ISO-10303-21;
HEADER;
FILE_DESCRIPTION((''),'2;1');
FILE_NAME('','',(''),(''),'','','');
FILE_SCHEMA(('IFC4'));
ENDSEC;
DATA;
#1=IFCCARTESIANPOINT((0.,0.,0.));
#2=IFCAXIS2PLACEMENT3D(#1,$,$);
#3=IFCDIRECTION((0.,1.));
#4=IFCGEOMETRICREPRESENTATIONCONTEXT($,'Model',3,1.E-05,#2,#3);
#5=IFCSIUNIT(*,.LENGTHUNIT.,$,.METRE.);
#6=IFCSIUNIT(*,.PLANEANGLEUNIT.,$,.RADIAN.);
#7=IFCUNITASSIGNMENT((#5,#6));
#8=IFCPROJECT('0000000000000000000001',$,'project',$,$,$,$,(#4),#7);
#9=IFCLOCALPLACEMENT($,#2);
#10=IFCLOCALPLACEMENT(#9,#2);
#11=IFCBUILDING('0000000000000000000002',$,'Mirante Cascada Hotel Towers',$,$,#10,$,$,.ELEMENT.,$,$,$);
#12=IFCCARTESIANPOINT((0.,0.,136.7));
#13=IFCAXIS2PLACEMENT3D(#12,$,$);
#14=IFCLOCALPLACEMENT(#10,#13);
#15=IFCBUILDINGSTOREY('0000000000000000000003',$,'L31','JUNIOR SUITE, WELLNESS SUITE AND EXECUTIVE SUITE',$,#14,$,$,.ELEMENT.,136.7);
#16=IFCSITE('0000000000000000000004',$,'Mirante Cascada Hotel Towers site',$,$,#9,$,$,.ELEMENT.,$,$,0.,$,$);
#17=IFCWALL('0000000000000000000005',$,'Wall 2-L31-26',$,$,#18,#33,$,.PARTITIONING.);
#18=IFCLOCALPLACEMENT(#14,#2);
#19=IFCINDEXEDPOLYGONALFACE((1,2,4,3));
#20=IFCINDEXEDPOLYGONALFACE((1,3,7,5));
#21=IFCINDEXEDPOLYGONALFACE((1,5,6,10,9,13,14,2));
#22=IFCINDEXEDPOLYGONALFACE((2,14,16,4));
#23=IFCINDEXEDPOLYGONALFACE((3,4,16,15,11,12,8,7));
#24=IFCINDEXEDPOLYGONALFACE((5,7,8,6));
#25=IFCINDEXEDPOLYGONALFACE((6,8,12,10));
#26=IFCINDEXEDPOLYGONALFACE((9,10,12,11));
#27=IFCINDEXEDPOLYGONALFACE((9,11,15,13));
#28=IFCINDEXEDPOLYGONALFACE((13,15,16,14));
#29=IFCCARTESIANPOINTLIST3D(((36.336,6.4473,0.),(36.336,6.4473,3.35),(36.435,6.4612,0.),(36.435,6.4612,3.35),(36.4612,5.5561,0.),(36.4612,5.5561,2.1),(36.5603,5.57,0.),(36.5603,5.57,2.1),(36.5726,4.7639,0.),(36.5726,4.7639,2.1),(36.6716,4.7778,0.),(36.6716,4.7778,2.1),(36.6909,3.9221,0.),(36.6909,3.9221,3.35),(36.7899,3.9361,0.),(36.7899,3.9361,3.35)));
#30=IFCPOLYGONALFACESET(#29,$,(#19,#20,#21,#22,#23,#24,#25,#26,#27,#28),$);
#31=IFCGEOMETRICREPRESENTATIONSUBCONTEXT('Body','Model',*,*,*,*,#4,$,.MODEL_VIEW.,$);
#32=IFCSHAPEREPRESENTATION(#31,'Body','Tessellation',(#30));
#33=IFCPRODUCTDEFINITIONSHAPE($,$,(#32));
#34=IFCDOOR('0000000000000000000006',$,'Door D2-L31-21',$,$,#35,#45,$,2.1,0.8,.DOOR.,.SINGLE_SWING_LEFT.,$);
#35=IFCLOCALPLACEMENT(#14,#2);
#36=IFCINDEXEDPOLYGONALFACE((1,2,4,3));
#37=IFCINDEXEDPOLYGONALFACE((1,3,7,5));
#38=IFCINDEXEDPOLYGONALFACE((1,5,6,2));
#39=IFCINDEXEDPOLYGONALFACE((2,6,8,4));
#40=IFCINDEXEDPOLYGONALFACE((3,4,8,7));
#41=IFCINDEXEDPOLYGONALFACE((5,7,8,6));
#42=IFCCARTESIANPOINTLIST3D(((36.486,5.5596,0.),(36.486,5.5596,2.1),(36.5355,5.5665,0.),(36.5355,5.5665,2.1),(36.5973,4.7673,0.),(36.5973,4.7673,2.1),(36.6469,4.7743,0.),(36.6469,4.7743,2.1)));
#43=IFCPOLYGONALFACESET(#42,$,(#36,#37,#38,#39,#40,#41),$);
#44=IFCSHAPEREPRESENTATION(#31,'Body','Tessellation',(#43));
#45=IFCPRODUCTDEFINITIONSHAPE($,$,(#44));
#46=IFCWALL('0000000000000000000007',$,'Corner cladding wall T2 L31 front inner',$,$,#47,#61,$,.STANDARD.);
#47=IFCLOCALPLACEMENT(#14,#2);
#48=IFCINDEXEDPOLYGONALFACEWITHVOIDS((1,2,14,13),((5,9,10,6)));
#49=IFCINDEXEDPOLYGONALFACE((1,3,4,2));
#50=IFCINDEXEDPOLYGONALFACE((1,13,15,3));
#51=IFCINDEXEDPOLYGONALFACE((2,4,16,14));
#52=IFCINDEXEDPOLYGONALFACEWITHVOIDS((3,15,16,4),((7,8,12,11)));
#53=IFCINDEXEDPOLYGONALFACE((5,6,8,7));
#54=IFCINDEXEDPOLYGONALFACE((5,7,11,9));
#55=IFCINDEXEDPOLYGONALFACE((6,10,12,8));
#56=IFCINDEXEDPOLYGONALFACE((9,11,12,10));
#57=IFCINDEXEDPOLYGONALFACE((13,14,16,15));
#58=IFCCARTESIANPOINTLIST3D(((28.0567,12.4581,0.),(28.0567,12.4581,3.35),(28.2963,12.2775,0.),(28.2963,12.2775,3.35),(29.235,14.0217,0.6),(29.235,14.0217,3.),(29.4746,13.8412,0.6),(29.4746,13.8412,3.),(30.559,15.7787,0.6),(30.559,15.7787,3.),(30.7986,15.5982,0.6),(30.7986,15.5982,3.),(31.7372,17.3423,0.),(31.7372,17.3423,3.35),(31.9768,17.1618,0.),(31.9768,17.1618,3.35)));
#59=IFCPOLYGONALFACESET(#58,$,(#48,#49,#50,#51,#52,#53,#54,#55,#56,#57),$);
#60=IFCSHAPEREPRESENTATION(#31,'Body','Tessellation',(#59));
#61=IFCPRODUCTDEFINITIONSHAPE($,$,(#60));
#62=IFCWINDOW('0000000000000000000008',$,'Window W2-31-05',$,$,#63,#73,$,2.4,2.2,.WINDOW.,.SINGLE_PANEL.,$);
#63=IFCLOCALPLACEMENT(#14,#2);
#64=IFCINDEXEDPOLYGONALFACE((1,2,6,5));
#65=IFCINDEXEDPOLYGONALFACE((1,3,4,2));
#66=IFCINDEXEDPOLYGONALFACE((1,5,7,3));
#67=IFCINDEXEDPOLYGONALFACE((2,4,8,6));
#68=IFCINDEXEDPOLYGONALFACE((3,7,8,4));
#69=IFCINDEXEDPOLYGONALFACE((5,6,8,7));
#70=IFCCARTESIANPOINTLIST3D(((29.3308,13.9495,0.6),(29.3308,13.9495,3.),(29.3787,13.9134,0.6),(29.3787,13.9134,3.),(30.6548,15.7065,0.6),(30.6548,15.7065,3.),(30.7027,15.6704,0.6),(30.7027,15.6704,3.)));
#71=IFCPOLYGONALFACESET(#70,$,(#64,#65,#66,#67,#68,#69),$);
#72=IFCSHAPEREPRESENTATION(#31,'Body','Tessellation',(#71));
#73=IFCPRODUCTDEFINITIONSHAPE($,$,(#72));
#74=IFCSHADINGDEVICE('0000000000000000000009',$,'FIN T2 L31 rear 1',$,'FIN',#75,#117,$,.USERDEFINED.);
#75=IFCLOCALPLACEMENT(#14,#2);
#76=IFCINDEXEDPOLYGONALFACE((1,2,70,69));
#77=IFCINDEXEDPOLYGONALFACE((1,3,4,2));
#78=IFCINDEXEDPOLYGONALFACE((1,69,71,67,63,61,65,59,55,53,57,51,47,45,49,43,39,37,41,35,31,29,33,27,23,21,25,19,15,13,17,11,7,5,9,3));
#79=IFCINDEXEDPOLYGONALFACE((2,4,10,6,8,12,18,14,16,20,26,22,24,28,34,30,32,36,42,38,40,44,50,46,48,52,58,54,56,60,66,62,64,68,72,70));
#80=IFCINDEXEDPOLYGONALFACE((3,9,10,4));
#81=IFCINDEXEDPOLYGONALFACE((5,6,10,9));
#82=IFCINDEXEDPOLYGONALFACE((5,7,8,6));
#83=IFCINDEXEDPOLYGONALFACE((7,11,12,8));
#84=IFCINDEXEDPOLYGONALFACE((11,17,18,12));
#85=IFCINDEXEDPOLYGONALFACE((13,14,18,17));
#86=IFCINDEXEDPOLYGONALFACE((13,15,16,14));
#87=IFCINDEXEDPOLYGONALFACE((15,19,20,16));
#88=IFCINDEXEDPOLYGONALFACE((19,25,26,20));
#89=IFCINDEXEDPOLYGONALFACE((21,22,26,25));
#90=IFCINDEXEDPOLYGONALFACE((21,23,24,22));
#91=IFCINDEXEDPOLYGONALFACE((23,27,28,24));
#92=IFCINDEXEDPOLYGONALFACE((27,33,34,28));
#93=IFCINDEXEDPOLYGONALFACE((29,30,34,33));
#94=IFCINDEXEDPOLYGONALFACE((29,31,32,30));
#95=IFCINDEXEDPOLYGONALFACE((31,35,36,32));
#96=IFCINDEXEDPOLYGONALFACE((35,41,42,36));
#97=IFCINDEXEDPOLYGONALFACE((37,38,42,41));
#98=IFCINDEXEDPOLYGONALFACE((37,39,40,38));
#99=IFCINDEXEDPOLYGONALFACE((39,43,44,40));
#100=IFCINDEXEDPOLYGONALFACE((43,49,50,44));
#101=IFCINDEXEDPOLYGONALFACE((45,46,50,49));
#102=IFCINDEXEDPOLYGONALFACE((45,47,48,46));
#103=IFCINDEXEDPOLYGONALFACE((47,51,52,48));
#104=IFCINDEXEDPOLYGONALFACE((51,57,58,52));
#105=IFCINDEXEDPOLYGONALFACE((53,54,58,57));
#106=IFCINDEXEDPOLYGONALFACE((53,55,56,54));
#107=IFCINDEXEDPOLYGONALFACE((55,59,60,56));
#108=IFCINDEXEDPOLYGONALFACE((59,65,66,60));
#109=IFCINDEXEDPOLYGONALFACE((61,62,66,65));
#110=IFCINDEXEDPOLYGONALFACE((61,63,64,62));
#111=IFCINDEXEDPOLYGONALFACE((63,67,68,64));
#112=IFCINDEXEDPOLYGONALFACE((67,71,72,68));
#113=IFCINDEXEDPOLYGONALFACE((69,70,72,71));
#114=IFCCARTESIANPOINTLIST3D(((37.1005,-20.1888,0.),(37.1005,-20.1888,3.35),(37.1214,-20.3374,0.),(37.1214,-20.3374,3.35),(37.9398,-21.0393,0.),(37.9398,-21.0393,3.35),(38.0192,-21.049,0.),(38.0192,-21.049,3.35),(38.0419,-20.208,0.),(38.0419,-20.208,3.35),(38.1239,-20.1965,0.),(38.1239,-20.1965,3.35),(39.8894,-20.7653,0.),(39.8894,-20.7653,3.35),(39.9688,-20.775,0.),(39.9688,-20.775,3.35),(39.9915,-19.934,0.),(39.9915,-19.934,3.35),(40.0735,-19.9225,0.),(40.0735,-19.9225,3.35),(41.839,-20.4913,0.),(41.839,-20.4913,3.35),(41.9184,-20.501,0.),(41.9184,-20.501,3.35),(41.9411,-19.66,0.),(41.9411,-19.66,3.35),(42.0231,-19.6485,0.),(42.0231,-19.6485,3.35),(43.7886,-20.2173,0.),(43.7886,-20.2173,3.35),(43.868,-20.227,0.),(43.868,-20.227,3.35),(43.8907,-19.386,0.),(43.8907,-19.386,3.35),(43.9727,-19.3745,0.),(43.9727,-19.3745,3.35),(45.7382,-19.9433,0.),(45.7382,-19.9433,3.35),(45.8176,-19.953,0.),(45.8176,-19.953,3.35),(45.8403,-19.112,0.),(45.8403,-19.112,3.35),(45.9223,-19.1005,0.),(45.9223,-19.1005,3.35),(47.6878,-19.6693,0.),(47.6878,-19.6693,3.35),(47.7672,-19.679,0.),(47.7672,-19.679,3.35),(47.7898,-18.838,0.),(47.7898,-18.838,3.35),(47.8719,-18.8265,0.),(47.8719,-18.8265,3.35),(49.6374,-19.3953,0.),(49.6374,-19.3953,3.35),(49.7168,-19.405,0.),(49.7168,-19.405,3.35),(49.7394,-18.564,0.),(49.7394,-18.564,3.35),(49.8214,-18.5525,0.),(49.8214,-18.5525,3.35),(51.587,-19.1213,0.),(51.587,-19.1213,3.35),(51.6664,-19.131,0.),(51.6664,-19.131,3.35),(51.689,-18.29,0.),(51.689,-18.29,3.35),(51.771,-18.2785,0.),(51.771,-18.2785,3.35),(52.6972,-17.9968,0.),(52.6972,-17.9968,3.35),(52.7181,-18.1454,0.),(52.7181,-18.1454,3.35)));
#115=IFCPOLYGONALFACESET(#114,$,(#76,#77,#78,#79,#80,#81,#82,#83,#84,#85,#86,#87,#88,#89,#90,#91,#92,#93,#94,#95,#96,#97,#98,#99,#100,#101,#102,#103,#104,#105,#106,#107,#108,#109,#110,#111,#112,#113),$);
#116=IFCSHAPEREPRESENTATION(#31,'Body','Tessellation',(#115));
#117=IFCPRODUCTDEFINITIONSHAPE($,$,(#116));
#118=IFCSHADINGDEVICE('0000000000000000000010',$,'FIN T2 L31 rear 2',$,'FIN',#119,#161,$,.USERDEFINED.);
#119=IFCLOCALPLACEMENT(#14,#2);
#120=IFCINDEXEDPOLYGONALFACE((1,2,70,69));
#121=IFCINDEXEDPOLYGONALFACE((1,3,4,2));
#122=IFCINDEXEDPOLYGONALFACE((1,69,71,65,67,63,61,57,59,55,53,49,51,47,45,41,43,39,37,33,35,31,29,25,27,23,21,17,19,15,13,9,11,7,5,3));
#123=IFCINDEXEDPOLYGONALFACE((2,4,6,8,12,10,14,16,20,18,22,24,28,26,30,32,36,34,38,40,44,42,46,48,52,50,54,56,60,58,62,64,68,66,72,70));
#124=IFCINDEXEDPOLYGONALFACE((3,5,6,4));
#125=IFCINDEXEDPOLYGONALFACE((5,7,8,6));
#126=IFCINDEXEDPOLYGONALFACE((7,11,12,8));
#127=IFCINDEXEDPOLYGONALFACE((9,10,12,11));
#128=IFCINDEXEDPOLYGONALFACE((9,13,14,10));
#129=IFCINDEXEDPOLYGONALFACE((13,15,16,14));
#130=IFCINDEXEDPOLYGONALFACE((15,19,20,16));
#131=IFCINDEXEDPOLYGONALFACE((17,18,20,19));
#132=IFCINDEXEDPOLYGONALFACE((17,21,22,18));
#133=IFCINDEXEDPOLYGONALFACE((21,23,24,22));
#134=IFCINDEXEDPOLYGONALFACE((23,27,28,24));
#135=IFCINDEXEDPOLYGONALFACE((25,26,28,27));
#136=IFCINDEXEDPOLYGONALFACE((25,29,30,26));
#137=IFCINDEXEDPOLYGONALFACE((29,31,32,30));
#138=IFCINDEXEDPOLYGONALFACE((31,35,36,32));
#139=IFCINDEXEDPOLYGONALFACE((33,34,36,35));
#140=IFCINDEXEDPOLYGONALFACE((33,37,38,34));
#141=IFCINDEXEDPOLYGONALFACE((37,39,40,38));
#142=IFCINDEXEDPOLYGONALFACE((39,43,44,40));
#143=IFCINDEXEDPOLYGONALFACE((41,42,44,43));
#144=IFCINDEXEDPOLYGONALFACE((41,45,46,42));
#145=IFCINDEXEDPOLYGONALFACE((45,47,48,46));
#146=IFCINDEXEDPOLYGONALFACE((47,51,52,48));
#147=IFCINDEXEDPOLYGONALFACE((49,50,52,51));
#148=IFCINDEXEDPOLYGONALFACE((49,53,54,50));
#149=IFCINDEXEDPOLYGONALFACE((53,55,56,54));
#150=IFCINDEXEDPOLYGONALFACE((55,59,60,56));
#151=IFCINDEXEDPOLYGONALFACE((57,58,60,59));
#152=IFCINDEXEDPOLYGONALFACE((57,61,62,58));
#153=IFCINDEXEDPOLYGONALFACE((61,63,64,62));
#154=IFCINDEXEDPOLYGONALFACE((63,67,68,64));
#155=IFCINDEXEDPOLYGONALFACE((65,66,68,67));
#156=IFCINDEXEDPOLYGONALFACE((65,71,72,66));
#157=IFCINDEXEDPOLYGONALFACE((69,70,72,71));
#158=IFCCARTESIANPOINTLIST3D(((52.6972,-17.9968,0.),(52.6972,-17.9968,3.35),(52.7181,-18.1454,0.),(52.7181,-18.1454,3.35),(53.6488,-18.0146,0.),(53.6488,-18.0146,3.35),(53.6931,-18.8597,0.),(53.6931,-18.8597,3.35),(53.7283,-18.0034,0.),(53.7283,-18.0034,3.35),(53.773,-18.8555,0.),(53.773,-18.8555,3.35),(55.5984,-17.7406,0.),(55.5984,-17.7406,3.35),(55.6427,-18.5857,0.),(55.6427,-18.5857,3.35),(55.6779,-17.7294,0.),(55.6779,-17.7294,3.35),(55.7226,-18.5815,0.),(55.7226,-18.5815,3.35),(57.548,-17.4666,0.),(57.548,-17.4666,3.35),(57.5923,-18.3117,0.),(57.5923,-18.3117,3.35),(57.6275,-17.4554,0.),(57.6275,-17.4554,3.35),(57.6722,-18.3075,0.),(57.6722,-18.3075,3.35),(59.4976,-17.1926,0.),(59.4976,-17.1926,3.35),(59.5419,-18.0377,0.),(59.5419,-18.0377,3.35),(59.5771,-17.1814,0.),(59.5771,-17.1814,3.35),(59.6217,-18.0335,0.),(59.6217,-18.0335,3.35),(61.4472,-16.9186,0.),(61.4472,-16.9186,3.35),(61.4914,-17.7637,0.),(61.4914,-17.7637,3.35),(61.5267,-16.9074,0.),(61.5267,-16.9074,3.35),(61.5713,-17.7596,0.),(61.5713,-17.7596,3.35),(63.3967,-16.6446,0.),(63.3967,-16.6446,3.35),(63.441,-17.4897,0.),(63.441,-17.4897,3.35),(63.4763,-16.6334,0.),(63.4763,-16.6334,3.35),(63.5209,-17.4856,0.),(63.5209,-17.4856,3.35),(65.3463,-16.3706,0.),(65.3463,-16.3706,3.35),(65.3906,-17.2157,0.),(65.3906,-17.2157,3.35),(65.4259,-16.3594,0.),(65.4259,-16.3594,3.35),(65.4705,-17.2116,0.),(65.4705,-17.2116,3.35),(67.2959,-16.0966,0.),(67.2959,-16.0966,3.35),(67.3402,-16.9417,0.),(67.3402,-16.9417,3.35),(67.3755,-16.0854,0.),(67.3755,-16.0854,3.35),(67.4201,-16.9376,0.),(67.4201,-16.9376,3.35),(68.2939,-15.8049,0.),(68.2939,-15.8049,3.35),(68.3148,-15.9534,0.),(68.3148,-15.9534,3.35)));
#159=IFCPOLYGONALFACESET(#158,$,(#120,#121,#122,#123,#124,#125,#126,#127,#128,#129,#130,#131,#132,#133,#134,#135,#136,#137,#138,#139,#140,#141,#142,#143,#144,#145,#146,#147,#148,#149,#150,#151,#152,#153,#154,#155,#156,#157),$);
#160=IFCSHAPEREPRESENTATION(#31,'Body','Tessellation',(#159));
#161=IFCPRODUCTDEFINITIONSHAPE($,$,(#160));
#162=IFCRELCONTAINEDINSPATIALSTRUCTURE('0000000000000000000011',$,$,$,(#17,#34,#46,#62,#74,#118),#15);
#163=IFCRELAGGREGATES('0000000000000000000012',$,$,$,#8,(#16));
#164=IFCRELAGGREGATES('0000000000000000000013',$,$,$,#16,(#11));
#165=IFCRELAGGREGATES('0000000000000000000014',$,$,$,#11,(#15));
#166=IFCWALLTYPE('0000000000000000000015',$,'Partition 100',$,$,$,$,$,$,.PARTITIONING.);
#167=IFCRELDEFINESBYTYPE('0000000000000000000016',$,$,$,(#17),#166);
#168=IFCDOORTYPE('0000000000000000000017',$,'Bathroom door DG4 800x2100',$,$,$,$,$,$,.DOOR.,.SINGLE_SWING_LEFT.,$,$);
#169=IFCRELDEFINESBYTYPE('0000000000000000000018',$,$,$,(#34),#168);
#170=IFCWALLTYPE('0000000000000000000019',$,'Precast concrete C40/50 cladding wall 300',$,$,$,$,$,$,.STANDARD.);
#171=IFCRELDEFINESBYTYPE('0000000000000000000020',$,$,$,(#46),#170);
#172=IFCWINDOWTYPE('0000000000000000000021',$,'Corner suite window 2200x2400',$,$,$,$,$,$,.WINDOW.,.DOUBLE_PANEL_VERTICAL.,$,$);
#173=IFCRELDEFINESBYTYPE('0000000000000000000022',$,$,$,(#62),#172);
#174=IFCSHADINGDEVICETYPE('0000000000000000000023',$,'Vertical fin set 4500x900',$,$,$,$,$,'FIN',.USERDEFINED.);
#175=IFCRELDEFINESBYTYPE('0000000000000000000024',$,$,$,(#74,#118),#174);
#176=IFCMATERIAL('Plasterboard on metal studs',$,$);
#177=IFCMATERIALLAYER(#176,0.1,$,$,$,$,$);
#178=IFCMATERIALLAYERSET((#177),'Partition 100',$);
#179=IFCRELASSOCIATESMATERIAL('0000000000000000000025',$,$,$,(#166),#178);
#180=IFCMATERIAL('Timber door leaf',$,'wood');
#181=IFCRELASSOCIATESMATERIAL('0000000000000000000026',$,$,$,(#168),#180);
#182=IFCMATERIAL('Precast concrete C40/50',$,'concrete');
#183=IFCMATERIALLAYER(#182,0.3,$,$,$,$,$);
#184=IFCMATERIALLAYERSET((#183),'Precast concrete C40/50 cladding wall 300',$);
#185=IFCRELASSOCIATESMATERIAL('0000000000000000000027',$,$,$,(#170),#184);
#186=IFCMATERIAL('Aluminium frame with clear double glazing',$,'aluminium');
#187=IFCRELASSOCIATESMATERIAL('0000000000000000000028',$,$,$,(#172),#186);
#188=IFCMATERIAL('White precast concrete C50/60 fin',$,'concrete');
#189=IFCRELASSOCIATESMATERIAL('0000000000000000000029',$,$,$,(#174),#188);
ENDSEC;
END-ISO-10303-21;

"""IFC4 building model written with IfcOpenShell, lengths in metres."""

from ifc_helpers import new_model, si_unit, direction, frame, frame_2d, origin, place, context, subcontext, project, spatial, polyline, rectangle, outline, extrude, material, layer, layer_set, type_object, element, fill, save


model = new_model("IFC4")

# Units and contexts
model_context = context("Model", 3, precision=1e-05, world=origin(), true_north=direction((0.0, 1.0)))
body_context = subcontext(model_context, "Body", "Model", "MODEL_VIEW")
ifc_project = project(units=[si_unit("LENGTHUNIT", "METRE"), si_unit("PLANEANGLEUNIT", "RADIAN")], contexts=[model_context])

# Site, building, storey
site_placement = place(None, origin())
site = spatial("IfcSite", under=ifc_project, at=site_placement, Name="Mirante Cascada Hotel Towers site", CompositionType="ELEMENT", RefElevation=0.0)
building_placement = place(site_placement, origin())
building = spatial("IfcBuilding", under=site, at=building_placement, Name="Mirante Cascada Hotel Towers", CompositionType="ELEMENT")
storey_placement = place(building_placement, frame((0.0, 0.0, 136.7)))
storey = spatial("IfcBuildingStorey", under=building, at=storey_placement, Name="L31", Description="JUNIOR SUITE, WELLNESS SUITE AND EXECUTIVE SUITE", CompositionType="ELEMENT", Elevation=136.7)

# Shared definitions
ifc_material_1 = material(Name="Plasterboard on metal studs")
ifc_layer_1 = layer(ifc_material_1, 0.1)
ifc_layer_set_1 = layer_set([ifc_layer_1], Name="Partition 100")
wall_type_1 = type_object("IfcWallType", Name="Partition 100", PredefinedType="PARTITIONING", material=ifc_layer_set_1)

# Wall, opening, door
wall_1_placement = place(storey_placement, frame((36.7404, 3.9291, 0.0), z_axis=(0.0, 0.0, 1.0), x_axis=(-0.139176, 0.990268, 0.0)))
wall_1 = element("IfcWall", 1, at=wall_1_placement, inside=storey, type_object=wall_type_1, Name="Wall 2-L31-26", PredefinedType="PARTITIONING", context=body_context, shape_type="SweptSolid", body=[
    extrude(rectangle(XDim=2.55, YDim=0.1, at=frame_2d((1.275, 0.0))), origin(), (0.0, 0.0, 1.0), 3.35),
])
opening_1_placement = place(wall_1_placement, frame((0.85, 0.0, 0.0)))
opening_1 = element("IfcOpeningElement", 2, at=opening_1_placement, cuts=wall_1, PredefinedType="OPENING", context=body_context, shape_type="SweptSolid", body=[
    extrude(rectangle(XDim=0.8, YDim=2.1, at=frame_2d((0.4, 1.05))), frame((0.0, 0.05, 0.0), z_axis=(0.0, -1.0, 0.0), x_axis=(1.0, 0.0, 0.0)), (0.0, 0.0, 1.0), 0.1),
])
ifc_material_2 = material(Name="Timber door leaf", Category="wood")
door_type_1 = type_object("IfcDoorType", Name="Bathroom door DG4 800x2100", OperationType="SINGLE_SWING_LEFT", PredefinedType="DOOR", material=ifc_material_2)
door_1_placement = place(opening_1_placement, origin())
door_1 = element("IfcDoor", 3, at=door_1_placement, inside=storey, type_object=door_type_1, Name="Door D2-L31-21", OperationType="SINGLE_SWING_LEFT", OverallHeight=2.1, OverallWidth=0.8, PredefinedType="DOOR", context=body_context, shape_type="SweptSolid", body=[
    extrude(rectangle(XDim=0.8, YDim=2.1, at=frame_2d((0.4, 1.05))), frame((0.0, 0.025, 0.0), z_axis=(0.0, -1.0, 0.0), x_axis=(1.0, 0.0, 0.0)), (0.0, 0.0, 1.0), 0.05),
])
fill(opening_1, door_1)

# Wall, opening, window
ifc_material_3 = material(Name="Precast concrete C40/50", Category="concrete")
ifc_layer_2 = layer(ifc_material_3, 0.3)
ifc_layer_set_2 = layer_set([ifc_layer_2], Name="Precast concrete C40/50 cladding wall 300")
wall_type_2 = type_object("IfcWallType", Name="Precast concrete C40/50 cladding wall 300", PredefinedType="STANDARD", material=ifc_layer_set_2)
wall_2_placement = place(storey_placement, frame((31.857, 17.252, 0.0), z_axis=(0.0, 0.0, 1.0), x_axis=(-0.601814, -0.798636, 0.0)))
wall_2 = element("IfcWall", 4, at=wall_2_placement, inside=storey, type_object=wall_type_2, Name="Corner cladding wall T2 L31 front inner", PredefinedType="STANDARD", context=body_context, shape_type="SweptSolid", body=[
    extrude(rectangle(XDim=6.1157, YDim=0.3, at=frame_2d((3.0578, 0.0))), origin(), (0.0, 0.0, 1.0), 3.35),
])
opening_2_placement = place(wall_2_placement, frame((1.9578, 0.0, 0.6)))
opening_2 = element("IfcOpeningElement", 5, at=opening_2_placement, cuts=wall_2, PredefinedType="OPENING", context=body_context, shape_type="SweptSolid", body=[
    extrude(rectangle(XDim=2.2, YDim=2.4, at=frame_2d((1.1, 1.2))), frame((0.0, 0.15, 0.0), z_axis=(0.0, -1.0, 0.0), x_axis=(1.0, 0.0, 0.0)), (0.0, 0.0, 1.0), 0.3),
])
ifc_material_4 = material(Name="Aluminium frame with clear double glazing", Category="aluminium")
window_type = type_object("IfcWindowType", Name="Corner suite window 2200x2400", PartitioningType="DOUBLE_PANEL_VERTICAL", PredefinedType="WINDOW", material=ifc_material_4)
window_placement = place(opening_2_placement, origin())
window = element("IfcWindow", 6, at=window_placement, inside=storey, type_object=window_type, Name="Window W2-31-05", OverallHeight=2.4, OverallWidth=2.2, PartitioningType="SINGLE_PANEL", PredefinedType="WINDOW", context=body_context, shape_type="SweptSolid", body=[
    extrude(rectangle(XDim=2.2, YDim=2.4, at=frame_2d((1.1, 1.2))), frame((0.0, 0.03, 0.0), z_axis=(0.0, -1.0, 0.0), x_axis=(1.0, 0.0, 0.0)), (0.0, 0.0, 1.0), 0.06),
])
fill(opening_2, window)

# Shading devices
ifc_material_5 = material(Name="White precast concrete C50/60 fin", Category="concrete")
shading_device_type = type_object("IfcShadingDeviceType", Name="Vertical fin set 4500x900", ElementType="FIN", PredefinedType="USERDEFINED", material=ifc_material_5)
shading_device_1_placement = place(storey_placement, origin())
element("IfcShadingDevice", 7, at=shading_device_1_placement, inside=storey, type_object=shading_device_type, Name="FIN T2 L31 rear 1", ObjectType="FIN", PredefinedType="USERDEFINED", context=body_context, shape_type="SweptSolid", body=[
    extrude(outline(polyline([(37.9398, -21.0393), (38.0419, -20.208), (37.1214, -20.3374), (37.1005, -20.1888), (52.6972, -17.9968), (52.7181, -18.1454), (51.771, -18.2785), (51.6664, -19.131), (51.587, -19.1213), (51.689, -18.29), (49.8214, -18.5525), (49.7168, -19.405), (49.6374, -19.3953), (49.7394, -18.564), (47.8719, -18.8265), (47.7672, -19.679), (47.6878, -19.6693), (47.7898, -18.838), (45.9223, -19.1005), (45.8176, -19.953), (45.7382, -19.9433), (45.8403, -19.112), (43.9727, -19.3745), (43.868, -20.227), (43.7886, -20.2173), (43.8907, -19.386), (42.0231, -19.6485), (41.9184, -20.501), (41.839, -20.4913), (41.9411, -19.66), (40.0735, -19.9225), (39.9688, -20.775), (39.8894, -20.7653), (39.9915, -19.934), (38.1239, -20.1965), (38.0192, -21.049), (37.9398, -21.0393)])), origin(), (0.0, 0.0, 1.0), 3.35),
])
shading_device_2_placement = place(storey_placement, origin())
element("IfcShadingDevice", 8, at=shading_device_2_placement, inside=storey, type_object=shading_device_type, Name="FIN T2 L31 rear 2", ObjectType="FIN", PredefinedType="USERDEFINED", context=body_context, shape_type="SweptSolid", body=[
    extrude(outline(polyline([(53.6931, -18.8597), (53.6488, -18.0146), (52.7181, -18.1454), (52.6972, -17.9968), (68.2939, -15.8049), (68.3148, -15.9534), (67.3755, -16.0854), (67.4201, -16.9376), (67.3402, -16.9417), (67.2959, -16.0966), (65.4259, -16.3594), (65.4705, -17.2116), (65.3906, -17.2157), (65.3463, -16.3706), (63.4763, -16.6334), (63.5209, -17.4856), (63.441, -17.4897), (63.3967, -16.6446), (61.5267, -16.9074), (61.5713, -17.7596), (61.4914, -17.7637), (61.4472, -16.9186), (59.5771, -17.1814), (59.6217, -18.0335), (59.5419, -18.0377), (59.4976, -17.1926), (57.6275, -17.4554), (57.6722, -18.3075), (57.5923, -18.3117), (57.548, -17.4666), (55.6779, -17.7294), (55.7226, -18.5815), (55.6427, -18.5857), (55.5984, -17.7406), (53.7283, -18.0034), (53.773, -18.8555), (53.6931, -18.8597)])), origin(), (0.0, 0.0, 1.0), 3.35),
])

save(model, "model.ifc")
